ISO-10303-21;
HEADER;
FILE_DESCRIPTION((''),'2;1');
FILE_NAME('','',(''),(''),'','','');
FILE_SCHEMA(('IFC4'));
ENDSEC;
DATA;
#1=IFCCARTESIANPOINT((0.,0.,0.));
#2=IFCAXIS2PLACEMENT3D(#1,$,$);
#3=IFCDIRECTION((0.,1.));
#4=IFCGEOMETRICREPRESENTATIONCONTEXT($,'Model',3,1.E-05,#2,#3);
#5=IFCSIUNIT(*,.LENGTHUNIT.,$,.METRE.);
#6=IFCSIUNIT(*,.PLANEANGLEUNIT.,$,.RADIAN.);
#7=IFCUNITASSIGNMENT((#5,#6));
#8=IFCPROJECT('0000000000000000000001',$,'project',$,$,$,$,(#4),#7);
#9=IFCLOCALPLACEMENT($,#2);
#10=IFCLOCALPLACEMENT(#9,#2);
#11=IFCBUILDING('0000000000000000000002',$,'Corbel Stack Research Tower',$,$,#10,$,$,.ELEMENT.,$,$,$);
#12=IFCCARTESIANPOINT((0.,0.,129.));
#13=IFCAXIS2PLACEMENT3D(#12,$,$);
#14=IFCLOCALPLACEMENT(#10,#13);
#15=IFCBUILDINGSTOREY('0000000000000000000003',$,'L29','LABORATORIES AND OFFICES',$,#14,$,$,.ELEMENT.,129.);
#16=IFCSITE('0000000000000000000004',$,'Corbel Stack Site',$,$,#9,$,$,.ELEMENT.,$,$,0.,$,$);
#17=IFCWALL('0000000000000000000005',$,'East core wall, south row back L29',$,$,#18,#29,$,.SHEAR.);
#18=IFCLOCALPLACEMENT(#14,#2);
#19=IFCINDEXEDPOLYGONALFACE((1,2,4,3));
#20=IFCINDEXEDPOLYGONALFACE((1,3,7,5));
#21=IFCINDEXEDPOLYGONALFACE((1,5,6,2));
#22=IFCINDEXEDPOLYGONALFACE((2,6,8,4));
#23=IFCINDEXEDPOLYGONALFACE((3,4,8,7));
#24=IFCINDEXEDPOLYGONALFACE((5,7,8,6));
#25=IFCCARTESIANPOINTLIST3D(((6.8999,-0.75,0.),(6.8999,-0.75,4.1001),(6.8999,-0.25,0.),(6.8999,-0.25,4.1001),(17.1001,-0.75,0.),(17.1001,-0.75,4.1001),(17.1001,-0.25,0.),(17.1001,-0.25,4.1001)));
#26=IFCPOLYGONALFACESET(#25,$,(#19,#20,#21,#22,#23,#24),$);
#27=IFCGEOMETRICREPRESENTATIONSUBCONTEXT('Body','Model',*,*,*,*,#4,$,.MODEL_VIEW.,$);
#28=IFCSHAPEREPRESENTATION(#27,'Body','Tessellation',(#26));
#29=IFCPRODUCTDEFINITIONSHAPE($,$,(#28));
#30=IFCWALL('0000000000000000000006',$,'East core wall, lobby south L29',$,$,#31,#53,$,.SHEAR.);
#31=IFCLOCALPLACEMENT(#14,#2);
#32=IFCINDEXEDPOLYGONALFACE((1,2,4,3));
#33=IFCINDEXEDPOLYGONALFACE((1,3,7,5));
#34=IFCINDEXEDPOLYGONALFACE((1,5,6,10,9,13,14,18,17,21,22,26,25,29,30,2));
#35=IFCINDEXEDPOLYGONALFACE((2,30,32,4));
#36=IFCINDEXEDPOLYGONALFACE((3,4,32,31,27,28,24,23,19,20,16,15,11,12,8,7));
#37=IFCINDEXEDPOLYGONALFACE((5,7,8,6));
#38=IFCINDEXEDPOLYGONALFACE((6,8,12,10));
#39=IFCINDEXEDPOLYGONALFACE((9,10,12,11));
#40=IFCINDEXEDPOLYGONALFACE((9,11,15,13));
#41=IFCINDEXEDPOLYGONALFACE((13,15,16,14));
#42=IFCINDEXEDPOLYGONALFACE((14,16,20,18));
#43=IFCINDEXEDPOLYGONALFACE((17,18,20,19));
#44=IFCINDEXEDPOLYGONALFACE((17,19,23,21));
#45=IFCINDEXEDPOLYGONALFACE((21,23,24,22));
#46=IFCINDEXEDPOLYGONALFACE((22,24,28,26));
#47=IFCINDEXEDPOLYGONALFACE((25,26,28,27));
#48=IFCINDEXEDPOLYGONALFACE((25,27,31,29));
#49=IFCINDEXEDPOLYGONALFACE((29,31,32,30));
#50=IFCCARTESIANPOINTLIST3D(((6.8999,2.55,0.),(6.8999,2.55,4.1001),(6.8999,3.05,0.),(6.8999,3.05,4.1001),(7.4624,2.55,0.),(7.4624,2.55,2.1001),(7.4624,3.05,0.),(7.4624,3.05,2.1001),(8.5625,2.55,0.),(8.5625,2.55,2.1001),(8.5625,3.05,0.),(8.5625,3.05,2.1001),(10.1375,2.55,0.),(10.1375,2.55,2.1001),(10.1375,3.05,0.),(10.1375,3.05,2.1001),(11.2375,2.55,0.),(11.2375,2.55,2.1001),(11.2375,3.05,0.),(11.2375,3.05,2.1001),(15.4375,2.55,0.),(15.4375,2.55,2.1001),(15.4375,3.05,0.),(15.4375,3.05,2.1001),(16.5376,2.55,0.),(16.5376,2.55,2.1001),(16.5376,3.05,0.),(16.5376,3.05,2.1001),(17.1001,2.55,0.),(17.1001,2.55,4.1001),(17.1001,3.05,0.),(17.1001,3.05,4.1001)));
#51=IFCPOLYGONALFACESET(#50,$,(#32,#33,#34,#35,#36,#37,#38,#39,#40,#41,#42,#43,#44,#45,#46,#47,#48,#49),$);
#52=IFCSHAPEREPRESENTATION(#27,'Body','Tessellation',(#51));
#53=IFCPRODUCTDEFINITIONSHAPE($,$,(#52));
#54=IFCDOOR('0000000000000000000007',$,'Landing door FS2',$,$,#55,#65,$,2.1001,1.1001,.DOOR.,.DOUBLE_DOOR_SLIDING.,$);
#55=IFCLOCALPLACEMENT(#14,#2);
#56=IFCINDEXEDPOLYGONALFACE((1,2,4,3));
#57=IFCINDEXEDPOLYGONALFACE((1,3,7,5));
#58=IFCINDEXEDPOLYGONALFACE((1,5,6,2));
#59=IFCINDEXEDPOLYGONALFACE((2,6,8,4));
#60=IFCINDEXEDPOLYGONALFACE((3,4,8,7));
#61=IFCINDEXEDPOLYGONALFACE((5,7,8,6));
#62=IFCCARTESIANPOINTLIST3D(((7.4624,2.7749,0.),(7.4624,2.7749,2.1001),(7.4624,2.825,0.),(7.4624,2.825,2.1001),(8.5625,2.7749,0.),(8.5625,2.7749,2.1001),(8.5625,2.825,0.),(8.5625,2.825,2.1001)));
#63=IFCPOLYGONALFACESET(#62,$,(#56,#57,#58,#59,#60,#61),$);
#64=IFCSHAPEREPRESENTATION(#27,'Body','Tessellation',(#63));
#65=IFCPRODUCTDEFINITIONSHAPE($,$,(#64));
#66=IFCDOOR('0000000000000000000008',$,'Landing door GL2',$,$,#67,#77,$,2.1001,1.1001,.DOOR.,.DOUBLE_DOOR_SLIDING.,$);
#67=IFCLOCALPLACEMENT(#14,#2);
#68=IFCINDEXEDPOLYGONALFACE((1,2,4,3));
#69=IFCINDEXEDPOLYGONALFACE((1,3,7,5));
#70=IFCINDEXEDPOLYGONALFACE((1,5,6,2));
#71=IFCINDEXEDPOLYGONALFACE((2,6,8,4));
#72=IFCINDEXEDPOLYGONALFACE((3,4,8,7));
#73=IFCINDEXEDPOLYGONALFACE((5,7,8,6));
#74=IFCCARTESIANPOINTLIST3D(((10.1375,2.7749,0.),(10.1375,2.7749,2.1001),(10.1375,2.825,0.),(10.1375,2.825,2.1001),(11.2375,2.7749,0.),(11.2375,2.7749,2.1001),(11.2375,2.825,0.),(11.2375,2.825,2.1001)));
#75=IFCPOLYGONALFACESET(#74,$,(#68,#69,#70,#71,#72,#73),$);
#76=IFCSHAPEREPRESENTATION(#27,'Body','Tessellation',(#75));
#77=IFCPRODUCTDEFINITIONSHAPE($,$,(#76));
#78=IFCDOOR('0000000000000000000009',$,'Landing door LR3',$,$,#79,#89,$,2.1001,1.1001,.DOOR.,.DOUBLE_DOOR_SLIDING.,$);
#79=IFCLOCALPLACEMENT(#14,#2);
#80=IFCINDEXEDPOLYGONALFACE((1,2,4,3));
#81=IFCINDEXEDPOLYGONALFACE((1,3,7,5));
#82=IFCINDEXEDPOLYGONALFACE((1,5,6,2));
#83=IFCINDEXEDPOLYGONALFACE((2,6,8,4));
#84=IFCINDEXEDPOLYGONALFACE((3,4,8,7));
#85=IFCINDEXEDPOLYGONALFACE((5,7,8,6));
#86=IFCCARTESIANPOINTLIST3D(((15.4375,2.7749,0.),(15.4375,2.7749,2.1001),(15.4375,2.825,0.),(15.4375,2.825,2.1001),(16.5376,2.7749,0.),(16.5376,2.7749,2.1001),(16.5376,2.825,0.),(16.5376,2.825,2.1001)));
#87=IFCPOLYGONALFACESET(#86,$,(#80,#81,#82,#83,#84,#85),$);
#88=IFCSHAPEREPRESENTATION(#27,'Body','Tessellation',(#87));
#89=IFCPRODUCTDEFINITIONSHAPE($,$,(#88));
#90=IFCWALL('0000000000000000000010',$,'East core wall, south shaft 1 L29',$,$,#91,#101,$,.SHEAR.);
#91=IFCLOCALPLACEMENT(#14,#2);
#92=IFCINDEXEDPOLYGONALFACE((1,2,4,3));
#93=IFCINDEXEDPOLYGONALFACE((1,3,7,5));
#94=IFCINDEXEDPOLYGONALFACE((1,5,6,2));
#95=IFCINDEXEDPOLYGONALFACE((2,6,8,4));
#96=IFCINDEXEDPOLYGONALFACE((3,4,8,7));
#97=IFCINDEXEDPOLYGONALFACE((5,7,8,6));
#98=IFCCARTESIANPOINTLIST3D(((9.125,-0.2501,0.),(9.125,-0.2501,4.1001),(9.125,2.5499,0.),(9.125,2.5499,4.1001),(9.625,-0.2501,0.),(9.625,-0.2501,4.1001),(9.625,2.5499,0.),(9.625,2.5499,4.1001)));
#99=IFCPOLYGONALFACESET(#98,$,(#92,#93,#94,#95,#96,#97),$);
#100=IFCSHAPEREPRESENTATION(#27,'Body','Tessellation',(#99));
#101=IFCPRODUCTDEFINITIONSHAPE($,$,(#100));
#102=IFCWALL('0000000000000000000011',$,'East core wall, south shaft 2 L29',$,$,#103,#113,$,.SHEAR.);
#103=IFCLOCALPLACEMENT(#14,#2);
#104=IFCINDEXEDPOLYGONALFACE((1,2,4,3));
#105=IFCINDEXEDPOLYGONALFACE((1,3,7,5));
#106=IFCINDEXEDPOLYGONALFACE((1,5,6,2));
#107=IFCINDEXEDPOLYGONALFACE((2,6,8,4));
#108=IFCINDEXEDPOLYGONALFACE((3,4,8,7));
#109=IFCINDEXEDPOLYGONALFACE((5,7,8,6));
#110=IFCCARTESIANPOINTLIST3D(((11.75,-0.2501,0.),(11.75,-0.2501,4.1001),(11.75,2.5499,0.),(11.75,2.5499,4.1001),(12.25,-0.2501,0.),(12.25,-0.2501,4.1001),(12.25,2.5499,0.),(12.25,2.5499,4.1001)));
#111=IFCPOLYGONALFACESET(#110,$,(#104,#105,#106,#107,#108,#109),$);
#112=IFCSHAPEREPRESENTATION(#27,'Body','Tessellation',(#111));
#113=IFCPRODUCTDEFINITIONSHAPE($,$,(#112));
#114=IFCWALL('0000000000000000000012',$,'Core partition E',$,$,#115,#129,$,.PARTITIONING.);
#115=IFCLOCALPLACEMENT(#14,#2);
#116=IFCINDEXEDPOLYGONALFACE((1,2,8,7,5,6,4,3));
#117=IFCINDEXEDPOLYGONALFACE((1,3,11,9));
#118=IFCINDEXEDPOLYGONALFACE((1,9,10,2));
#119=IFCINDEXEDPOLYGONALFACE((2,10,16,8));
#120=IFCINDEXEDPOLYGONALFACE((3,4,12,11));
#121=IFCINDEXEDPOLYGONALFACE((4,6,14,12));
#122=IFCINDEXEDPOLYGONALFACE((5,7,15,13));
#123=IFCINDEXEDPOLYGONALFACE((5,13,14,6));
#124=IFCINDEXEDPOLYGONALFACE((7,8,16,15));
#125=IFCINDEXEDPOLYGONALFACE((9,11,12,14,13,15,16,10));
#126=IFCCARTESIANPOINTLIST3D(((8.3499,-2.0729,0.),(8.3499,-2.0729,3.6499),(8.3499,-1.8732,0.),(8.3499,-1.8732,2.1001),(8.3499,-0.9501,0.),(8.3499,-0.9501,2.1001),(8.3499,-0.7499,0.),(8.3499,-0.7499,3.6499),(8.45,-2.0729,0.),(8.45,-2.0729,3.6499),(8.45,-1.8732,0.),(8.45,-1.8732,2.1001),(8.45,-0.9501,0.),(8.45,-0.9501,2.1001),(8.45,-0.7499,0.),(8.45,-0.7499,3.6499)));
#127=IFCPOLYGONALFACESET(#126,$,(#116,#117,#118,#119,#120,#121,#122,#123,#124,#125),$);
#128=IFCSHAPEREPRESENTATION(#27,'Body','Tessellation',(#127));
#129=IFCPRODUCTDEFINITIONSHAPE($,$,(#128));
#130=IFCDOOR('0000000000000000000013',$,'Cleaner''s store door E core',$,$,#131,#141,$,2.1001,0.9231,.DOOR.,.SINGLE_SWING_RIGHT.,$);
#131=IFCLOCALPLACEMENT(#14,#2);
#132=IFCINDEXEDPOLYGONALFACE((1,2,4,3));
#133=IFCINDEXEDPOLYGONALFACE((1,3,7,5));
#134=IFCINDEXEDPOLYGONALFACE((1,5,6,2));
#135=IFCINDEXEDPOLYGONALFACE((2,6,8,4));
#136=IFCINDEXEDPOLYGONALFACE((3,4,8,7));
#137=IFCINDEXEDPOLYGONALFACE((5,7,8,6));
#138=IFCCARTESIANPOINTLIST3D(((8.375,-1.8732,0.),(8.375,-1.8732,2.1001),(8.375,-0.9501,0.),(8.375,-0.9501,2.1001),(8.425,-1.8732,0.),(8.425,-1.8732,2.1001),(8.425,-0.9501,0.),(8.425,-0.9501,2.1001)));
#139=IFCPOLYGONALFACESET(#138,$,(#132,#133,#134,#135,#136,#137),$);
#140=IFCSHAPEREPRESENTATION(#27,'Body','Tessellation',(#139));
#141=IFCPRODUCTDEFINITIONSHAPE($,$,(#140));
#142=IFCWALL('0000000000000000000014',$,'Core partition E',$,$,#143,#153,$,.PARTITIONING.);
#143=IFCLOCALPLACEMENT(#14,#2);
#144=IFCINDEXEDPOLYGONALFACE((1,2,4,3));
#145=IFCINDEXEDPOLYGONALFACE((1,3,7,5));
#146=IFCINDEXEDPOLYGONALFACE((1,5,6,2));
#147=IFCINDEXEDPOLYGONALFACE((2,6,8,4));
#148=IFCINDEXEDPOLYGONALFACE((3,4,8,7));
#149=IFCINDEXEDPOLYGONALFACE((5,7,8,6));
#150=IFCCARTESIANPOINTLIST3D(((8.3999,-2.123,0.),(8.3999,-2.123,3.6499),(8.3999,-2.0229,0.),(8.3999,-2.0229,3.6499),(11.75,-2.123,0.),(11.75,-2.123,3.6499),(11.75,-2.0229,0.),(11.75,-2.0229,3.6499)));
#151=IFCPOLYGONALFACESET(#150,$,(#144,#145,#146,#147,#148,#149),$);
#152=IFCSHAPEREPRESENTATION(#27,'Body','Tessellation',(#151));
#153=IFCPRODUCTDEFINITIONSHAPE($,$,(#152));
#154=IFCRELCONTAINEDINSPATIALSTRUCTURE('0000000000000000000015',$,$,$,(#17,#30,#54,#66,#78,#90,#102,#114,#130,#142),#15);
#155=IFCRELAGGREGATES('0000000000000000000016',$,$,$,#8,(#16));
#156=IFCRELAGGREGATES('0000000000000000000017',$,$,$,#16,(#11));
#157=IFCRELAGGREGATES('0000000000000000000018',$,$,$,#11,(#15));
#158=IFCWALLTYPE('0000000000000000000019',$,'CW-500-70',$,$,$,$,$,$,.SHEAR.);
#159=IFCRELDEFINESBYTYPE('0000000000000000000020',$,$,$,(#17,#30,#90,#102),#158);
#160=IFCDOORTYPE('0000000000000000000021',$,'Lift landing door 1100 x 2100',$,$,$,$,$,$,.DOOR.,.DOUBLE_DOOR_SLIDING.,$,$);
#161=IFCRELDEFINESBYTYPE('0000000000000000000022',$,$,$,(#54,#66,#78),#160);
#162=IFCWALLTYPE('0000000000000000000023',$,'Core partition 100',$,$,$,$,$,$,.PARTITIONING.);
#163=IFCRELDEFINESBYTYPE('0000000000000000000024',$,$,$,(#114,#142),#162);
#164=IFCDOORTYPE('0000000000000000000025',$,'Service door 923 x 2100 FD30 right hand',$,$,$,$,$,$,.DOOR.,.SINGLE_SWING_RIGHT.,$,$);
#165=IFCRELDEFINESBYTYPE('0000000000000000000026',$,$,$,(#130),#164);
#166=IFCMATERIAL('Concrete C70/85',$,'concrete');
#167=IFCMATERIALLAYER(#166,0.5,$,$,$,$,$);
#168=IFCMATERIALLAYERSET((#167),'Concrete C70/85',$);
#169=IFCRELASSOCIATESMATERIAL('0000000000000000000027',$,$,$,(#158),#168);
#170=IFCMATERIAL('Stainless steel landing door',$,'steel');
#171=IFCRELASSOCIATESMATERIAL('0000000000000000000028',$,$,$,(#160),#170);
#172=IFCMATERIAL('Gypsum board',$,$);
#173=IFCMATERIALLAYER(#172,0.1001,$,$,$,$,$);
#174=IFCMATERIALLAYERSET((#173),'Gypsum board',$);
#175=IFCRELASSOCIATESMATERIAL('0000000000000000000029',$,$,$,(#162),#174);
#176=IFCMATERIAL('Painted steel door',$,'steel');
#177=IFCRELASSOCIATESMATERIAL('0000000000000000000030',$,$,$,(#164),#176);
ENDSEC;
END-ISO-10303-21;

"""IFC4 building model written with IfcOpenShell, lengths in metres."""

from ifc_helpers import new_model, si_unit, direction, frame, frame_2d, origin, place, context, subcontext, project, spatial, rectangle, extrude, material, layer, layer_set, type_object, element, fill, save


model = new_model("IFC4")

# Units and contexts
model_context = context("Model", 3, precision=1e-05, world=origin(), true_north=direction((0.0, 1.0)))
body_context = subcontext(model_context, "Body", "Model", "MODEL_VIEW")
ifc_project = project(units=[si_unit("LENGTHUNIT", "METRE"), si_unit("PLANEANGLEUNIT", "RADIAN")], contexts=[model_context])

# Site, building, storey
site_placement = place(None, origin())
site = spatial("IfcSite", under=ifc_project, at=site_placement, Name="Corbel Stack Site", CompositionType="ELEMENT", RefElevation=0.0)
building_placement = place(site_placement, origin())
building = spatial("IfcBuilding", under=site, at=building_placement, Name="Corbel Stack Research Tower", CompositionType="ELEMENT")
storey_placement = place(building_placement, frame((0.0, 0.0, 129.0)))
storey = spatial("IfcBuildingStorey", under=building, at=storey_placement, Name="L29", Description="LABORATORIES AND OFFICES", CompositionType="ELEMENT", Elevation=129.0)

# Wall
ifc_material_1 = material(Name="Concrete C70/85", Category="concrete")
ifc_layer_1 = layer(ifc_material_1, 0.5)
ifc_layer_set_1 = layer_set([ifc_layer_1], Name="Concrete C70/85")
wall_type_1 = type_object("IfcWallType", Name="CW-500-70", PredefinedType="SHEAR", material=ifc_layer_set_1)
wall_1_placement = place(storey_placement, frame((6.8999, -0.5, 0.0), z_axis=(0.0, 0.0, 1.0), x_axis=(1.0, 0.0, 0.0)))
element("IfcWall", 1, at=wall_1_placement, inside=storey, type_object=wall_type_1, Name="East core wall, south row back L29", PredefinedType="SHEAR", context=body_context, shape_type="SweptSolid", body=[
    extrude(rectangle(XDim=10.2002, YDim=0.5, at=frame_2d((5.1001, 0.0))), origin(), (0.0, 0.0, 1.0), 4.1001),
])

# Wall, openings, doors
wall_2_placement = place(storey_placement, frame((6.8999, 2.8, 0.0), z_axis=(0.0, 0.0, 1.0), x_axis=(1.0, 0.0, 0.0)))
wall_2 = element("IfcWall", 2, at=wall_2_placement, inside=storey, type_object=wall_type_1, Name="East core wall, lobby south L29", PredefinedType="SHEAR", context=body_context, shape_type="SweptSolid", body=[
    extrude(rectangle(XDim=10.2002, YDim=0.5, at=frame_2d((5.1001, 0.0))), origin(), (0.0, 0.0, 1.0), 4.1001),
])
opening_1_placement = place(wall_2_placement, frame((0.5625, 0.0, 0.0)))
opening_1 = element("IfcOpeningElement", 3, at=opening_1_placement, cuts=wall_2, PredefinedType="OPENING", context=body_context, shape_type="SweptSolid", body=[
    extrude(rectangle(XDim=1.1001, YDim=2.1001, at=frame_2d((0.55, 1.05))), frame((0.0, 0.26, 0.0), z_axis=(0.0, -1.0, 0.0), x_axis=(1.0, 0.0, 0.0)), (0.0, 0.0, 1.0), 0.52),
])
opening_2_placement = place(wall_2_placement, frame((3.2375, 0.0, 0.0)))
opening_2 = element("IfcOpeningElement", 4, at=opening_2_placement, cuts=wall_2, PredefinedType="OPENING", context=body_context, shape_type="SweptSolid", body=[
    extrude(rectangle(XDim=1.1001, YDim=2.1001, at=frame_2d((0.55, 1.05))), frame((0.0, 0.26, 0.0), z_axis=(0.0, -1.0, 0.0), x_axis=(1.0, 0.0, 0.0)), (0.0, 0.0, 1.0), 0.52),
])
opening_3_placement = place(wall_2_placement, frame((8.5376, 0.0, 0.0)))
opening_3 = element("IfcOpeningElement", 5, at=opening_3_placement, cuts=wall_2, PredefinedType="OPENING", context=body_context, shape_type="SweptSolid", body=[
    extrude(rectangle(XDim=1.1001, YDim=2.1001, at=frame_2d((0.55, 1.05))), frame((0.0, 0.26, 0.0), z_axis=(0.0, -1.0, 0.0), x_axis=(1.0, 0.0, 0.0)), (0.0, 0.0, 1.0), 0.52),
])
ifc_material_2 = material(Name="Stainless steel landing door", Category="steel")
door_type_1 = type_object("IfcDoorType", Name="Lift landing door 1100 x 2100", OperationType="DOUBLE_DOOR_SLIDING", PredefinedType="DOOR", material=ifc_material_2)
door_1_placement = place(opening_1_placement, origin())
door_1 = element("IfcDoor", 6, at=door_1_placement, inside=storey, type_object=door_type_1, Name="Landing door FS2", OperationType="DOUBLE_DOOR_SLIDING", OverallHeight=2.1001, OverallWidth=1.1001, PredefinedType="DOOR", context=body_context, shape_type="SweptSolid", body=[
    extrude(rectangle(XDim=1.1001, YDim=2.1001, at=frame_2d((0.55, 1.05))), frame((0.0, 0.0249, 0.0), z_axis=(0.0, -1.0, 0.0), x_axis=(1.0, 0.0, 0.0)), (0.0, 0.0, 1.0), 0.05),
])
fill(opening_1, door_1)
door_2_placement = place(opening_2_placement, origin())
door_2 = element("IfcDoor", 7, at=door_2_placement, inside=storey, type_object=door_type_1, Name="Landing door GL2", OperationType="DOUBLE_DOOR_SLIDING", OverallHeight=2.1001, OverallWidth=1.1001, PredefinedType="DOOR", context=body_context, shape_type="SweptSolid", body=[
    extrude(rectangle(XDim=1.1001, YDim=2.1001, at=frame_2d((0.55, 1.05))), frame((0.0, 0.0249, 0.0), z_axis=(0.0, -1.0, 0.0), x_axis=(1.0, 0.0, 0.0)), (0.0, 0.0, 1.0), 0.05),
])
fill(opening_2, door_2)
door_3_placement = place(opening_3_placement, origin())
door_3 = element("IfcDoor", 8, at=door_3_placement, inside=storey, type_object=door_type_1, Name="Landing door LR3", OperationType="DOUBLE_DOOR_SLIDING", OverallHeight=2.1001, OverallWidth=1.1001, PredefinedType="DOOR", context=body_context, shape_type="SweptSolid", body=[
    extrude(rectangle(XDim=1.1001, YDim=2.1001, at=frame_2d((0.55, 1.05))), frame((0.0, 0.0249, 0.0), z_axis=(0.0, -1.0, 0.0), x_axis=(1.0, 0.0, 0.0)), (0.0, 0.0, 1.0), 0.05),
])
fill(opening_3, door_3)

# Walls
for number, where, z_axis, x_axis, name in (
    (9, (9.375, -0.25, 0.0), (0.0, 0.0, 1.0), (0.0, 1.0, 0.0), "East core wall, south shaft 1 L29"),
    (10, (12.0, -0.25, 0.0), (0.0, 0.0, 1.0), (0.0, 1.0, 0.0), "East core wall, south shaft 2 L29"),
):
    element("IfcWall", number, at=place(storey_placement, frame(where, z_axis=z_axis, x_axis=x_axis)), inside=storey, type_object=wall_type_1, Name=name, PredefinedType="SHEAR", context=body_context, shape_type="SweptSolid", body=[
        extrude(rectangle(XDim=2.8, YDim=0.5, at=frame_2d((1.3999, 0.0))), origin(), (0.0, 0.0, 1.0), 4.1001),
    ])

# Wall, opening, door
ifc_material_3 = material(Name="Gypsum board")
ifc_layer_2 = layer(ifc_material_3, 0.1001)
ifc_layer_set_2 = layer_set([ifc_layer_2], Name="Gypsum board")
wall_type_2 = type_object("IfcWallType", Name="Core partition 100", PredefinedType="PARTITIONING", material=ifc_layer_set_2)
wall_3_placement = place(storey_placement, frame((8.3999, -2.073, 0.0), z_axis=(0.0, 0.0, 1.0), x_axis=(0.0, 1.0, 0.0)))
wall_3 = element("IfcWall", 11, at=wall_3_placement, inside=storey, type_object=wall_type_2, Name="Core partition E", PredefinedType="PARTITIONING", context=body_context, shape_type="SweptSolid", body=[
    extrude(rectangle(XDim=1.323, YDim=0.1001, at=frame_2d((0.6616, 0.0))), origin(), (0.0, 0.0, 1.0), 3.6499),
])
opening_4_placement = place(wall_3_placement, frame((0.2, 0.0, 0.0)))
opening_4 = element("IfcOpeningElement", 12, at=opening_4_placement, cuts=wall_3, PredefinedType="OPENING", context=body_context, shape_type="SweptSolid", body=[
    extrude(rectangle(XDim=0.9231, YDim=2.1001, at=frame_2d((0.4614, 1.05))), frame((0.0, 0.0601, 0.0), z_axis=(0.0, -1.0, 0.0), x_axis=(1.0, 0.0, 0.0)), (0.0, 0.0, 1.0), 0.1201),
])
ifc_material_4 = material(Name="Painted steel door", Category="steel")
door_type_2 = type_object("IfcDoorType", Name="Service door 923 x 2100 FD30 right hand", OperationType="SINGLE_SWING_RIGHT", PredefinedType="DOOR", material=ifc_material_4)
door_4_placement = place(opening_4_placement, origin())
door_4 = element("IfcDoor", 13, at=door_4_placement, inside=storey, type_object=door_type_2, Name="Cleaner's store door E core", OperationType="SINGLE_SWING_RIGHT", OverallHeight=2.1001, OverallWidth=0.9231, PredefinedType="DOOR", context=body_context, shape_type="SweptSolid", body=[
    extrude(rectangle(XDim=0.9231, YDim=2.1001, at=frame_2d((0.4614, 1.05))), frame((0.0, 0.0249, 0.0), z_axis=(0.0, -1.0, 0.0), x_axis=(1.0, 0.0, 0.0)), (0.0, 0.0, 1.0), 0.05),
])
fill(opening_4, door_4)

# Wall
wall_4_placement = place(storey_placement, frame((8.3999, -2.073, 0.0), z_axis=(0.0, 0.0, 1.0), x_axis=(1.0, 0.0, 0.0)))
element("IfcWall", 14, at=wall_4_placement, inside=storey, type_object=wall_type_2, Name="Core partition E", PredefinedType="PARTITIONING", context=body_context, shape_type="SweptSolid", body=[
    extrude(rectangle(XDim=3.3501, YDim=0.1001, at=frame_2d((1.675, 0.0))), origin(), (0.0, 0.0, 1.0), 3.6499),
])

save(model, "model.ifc")
